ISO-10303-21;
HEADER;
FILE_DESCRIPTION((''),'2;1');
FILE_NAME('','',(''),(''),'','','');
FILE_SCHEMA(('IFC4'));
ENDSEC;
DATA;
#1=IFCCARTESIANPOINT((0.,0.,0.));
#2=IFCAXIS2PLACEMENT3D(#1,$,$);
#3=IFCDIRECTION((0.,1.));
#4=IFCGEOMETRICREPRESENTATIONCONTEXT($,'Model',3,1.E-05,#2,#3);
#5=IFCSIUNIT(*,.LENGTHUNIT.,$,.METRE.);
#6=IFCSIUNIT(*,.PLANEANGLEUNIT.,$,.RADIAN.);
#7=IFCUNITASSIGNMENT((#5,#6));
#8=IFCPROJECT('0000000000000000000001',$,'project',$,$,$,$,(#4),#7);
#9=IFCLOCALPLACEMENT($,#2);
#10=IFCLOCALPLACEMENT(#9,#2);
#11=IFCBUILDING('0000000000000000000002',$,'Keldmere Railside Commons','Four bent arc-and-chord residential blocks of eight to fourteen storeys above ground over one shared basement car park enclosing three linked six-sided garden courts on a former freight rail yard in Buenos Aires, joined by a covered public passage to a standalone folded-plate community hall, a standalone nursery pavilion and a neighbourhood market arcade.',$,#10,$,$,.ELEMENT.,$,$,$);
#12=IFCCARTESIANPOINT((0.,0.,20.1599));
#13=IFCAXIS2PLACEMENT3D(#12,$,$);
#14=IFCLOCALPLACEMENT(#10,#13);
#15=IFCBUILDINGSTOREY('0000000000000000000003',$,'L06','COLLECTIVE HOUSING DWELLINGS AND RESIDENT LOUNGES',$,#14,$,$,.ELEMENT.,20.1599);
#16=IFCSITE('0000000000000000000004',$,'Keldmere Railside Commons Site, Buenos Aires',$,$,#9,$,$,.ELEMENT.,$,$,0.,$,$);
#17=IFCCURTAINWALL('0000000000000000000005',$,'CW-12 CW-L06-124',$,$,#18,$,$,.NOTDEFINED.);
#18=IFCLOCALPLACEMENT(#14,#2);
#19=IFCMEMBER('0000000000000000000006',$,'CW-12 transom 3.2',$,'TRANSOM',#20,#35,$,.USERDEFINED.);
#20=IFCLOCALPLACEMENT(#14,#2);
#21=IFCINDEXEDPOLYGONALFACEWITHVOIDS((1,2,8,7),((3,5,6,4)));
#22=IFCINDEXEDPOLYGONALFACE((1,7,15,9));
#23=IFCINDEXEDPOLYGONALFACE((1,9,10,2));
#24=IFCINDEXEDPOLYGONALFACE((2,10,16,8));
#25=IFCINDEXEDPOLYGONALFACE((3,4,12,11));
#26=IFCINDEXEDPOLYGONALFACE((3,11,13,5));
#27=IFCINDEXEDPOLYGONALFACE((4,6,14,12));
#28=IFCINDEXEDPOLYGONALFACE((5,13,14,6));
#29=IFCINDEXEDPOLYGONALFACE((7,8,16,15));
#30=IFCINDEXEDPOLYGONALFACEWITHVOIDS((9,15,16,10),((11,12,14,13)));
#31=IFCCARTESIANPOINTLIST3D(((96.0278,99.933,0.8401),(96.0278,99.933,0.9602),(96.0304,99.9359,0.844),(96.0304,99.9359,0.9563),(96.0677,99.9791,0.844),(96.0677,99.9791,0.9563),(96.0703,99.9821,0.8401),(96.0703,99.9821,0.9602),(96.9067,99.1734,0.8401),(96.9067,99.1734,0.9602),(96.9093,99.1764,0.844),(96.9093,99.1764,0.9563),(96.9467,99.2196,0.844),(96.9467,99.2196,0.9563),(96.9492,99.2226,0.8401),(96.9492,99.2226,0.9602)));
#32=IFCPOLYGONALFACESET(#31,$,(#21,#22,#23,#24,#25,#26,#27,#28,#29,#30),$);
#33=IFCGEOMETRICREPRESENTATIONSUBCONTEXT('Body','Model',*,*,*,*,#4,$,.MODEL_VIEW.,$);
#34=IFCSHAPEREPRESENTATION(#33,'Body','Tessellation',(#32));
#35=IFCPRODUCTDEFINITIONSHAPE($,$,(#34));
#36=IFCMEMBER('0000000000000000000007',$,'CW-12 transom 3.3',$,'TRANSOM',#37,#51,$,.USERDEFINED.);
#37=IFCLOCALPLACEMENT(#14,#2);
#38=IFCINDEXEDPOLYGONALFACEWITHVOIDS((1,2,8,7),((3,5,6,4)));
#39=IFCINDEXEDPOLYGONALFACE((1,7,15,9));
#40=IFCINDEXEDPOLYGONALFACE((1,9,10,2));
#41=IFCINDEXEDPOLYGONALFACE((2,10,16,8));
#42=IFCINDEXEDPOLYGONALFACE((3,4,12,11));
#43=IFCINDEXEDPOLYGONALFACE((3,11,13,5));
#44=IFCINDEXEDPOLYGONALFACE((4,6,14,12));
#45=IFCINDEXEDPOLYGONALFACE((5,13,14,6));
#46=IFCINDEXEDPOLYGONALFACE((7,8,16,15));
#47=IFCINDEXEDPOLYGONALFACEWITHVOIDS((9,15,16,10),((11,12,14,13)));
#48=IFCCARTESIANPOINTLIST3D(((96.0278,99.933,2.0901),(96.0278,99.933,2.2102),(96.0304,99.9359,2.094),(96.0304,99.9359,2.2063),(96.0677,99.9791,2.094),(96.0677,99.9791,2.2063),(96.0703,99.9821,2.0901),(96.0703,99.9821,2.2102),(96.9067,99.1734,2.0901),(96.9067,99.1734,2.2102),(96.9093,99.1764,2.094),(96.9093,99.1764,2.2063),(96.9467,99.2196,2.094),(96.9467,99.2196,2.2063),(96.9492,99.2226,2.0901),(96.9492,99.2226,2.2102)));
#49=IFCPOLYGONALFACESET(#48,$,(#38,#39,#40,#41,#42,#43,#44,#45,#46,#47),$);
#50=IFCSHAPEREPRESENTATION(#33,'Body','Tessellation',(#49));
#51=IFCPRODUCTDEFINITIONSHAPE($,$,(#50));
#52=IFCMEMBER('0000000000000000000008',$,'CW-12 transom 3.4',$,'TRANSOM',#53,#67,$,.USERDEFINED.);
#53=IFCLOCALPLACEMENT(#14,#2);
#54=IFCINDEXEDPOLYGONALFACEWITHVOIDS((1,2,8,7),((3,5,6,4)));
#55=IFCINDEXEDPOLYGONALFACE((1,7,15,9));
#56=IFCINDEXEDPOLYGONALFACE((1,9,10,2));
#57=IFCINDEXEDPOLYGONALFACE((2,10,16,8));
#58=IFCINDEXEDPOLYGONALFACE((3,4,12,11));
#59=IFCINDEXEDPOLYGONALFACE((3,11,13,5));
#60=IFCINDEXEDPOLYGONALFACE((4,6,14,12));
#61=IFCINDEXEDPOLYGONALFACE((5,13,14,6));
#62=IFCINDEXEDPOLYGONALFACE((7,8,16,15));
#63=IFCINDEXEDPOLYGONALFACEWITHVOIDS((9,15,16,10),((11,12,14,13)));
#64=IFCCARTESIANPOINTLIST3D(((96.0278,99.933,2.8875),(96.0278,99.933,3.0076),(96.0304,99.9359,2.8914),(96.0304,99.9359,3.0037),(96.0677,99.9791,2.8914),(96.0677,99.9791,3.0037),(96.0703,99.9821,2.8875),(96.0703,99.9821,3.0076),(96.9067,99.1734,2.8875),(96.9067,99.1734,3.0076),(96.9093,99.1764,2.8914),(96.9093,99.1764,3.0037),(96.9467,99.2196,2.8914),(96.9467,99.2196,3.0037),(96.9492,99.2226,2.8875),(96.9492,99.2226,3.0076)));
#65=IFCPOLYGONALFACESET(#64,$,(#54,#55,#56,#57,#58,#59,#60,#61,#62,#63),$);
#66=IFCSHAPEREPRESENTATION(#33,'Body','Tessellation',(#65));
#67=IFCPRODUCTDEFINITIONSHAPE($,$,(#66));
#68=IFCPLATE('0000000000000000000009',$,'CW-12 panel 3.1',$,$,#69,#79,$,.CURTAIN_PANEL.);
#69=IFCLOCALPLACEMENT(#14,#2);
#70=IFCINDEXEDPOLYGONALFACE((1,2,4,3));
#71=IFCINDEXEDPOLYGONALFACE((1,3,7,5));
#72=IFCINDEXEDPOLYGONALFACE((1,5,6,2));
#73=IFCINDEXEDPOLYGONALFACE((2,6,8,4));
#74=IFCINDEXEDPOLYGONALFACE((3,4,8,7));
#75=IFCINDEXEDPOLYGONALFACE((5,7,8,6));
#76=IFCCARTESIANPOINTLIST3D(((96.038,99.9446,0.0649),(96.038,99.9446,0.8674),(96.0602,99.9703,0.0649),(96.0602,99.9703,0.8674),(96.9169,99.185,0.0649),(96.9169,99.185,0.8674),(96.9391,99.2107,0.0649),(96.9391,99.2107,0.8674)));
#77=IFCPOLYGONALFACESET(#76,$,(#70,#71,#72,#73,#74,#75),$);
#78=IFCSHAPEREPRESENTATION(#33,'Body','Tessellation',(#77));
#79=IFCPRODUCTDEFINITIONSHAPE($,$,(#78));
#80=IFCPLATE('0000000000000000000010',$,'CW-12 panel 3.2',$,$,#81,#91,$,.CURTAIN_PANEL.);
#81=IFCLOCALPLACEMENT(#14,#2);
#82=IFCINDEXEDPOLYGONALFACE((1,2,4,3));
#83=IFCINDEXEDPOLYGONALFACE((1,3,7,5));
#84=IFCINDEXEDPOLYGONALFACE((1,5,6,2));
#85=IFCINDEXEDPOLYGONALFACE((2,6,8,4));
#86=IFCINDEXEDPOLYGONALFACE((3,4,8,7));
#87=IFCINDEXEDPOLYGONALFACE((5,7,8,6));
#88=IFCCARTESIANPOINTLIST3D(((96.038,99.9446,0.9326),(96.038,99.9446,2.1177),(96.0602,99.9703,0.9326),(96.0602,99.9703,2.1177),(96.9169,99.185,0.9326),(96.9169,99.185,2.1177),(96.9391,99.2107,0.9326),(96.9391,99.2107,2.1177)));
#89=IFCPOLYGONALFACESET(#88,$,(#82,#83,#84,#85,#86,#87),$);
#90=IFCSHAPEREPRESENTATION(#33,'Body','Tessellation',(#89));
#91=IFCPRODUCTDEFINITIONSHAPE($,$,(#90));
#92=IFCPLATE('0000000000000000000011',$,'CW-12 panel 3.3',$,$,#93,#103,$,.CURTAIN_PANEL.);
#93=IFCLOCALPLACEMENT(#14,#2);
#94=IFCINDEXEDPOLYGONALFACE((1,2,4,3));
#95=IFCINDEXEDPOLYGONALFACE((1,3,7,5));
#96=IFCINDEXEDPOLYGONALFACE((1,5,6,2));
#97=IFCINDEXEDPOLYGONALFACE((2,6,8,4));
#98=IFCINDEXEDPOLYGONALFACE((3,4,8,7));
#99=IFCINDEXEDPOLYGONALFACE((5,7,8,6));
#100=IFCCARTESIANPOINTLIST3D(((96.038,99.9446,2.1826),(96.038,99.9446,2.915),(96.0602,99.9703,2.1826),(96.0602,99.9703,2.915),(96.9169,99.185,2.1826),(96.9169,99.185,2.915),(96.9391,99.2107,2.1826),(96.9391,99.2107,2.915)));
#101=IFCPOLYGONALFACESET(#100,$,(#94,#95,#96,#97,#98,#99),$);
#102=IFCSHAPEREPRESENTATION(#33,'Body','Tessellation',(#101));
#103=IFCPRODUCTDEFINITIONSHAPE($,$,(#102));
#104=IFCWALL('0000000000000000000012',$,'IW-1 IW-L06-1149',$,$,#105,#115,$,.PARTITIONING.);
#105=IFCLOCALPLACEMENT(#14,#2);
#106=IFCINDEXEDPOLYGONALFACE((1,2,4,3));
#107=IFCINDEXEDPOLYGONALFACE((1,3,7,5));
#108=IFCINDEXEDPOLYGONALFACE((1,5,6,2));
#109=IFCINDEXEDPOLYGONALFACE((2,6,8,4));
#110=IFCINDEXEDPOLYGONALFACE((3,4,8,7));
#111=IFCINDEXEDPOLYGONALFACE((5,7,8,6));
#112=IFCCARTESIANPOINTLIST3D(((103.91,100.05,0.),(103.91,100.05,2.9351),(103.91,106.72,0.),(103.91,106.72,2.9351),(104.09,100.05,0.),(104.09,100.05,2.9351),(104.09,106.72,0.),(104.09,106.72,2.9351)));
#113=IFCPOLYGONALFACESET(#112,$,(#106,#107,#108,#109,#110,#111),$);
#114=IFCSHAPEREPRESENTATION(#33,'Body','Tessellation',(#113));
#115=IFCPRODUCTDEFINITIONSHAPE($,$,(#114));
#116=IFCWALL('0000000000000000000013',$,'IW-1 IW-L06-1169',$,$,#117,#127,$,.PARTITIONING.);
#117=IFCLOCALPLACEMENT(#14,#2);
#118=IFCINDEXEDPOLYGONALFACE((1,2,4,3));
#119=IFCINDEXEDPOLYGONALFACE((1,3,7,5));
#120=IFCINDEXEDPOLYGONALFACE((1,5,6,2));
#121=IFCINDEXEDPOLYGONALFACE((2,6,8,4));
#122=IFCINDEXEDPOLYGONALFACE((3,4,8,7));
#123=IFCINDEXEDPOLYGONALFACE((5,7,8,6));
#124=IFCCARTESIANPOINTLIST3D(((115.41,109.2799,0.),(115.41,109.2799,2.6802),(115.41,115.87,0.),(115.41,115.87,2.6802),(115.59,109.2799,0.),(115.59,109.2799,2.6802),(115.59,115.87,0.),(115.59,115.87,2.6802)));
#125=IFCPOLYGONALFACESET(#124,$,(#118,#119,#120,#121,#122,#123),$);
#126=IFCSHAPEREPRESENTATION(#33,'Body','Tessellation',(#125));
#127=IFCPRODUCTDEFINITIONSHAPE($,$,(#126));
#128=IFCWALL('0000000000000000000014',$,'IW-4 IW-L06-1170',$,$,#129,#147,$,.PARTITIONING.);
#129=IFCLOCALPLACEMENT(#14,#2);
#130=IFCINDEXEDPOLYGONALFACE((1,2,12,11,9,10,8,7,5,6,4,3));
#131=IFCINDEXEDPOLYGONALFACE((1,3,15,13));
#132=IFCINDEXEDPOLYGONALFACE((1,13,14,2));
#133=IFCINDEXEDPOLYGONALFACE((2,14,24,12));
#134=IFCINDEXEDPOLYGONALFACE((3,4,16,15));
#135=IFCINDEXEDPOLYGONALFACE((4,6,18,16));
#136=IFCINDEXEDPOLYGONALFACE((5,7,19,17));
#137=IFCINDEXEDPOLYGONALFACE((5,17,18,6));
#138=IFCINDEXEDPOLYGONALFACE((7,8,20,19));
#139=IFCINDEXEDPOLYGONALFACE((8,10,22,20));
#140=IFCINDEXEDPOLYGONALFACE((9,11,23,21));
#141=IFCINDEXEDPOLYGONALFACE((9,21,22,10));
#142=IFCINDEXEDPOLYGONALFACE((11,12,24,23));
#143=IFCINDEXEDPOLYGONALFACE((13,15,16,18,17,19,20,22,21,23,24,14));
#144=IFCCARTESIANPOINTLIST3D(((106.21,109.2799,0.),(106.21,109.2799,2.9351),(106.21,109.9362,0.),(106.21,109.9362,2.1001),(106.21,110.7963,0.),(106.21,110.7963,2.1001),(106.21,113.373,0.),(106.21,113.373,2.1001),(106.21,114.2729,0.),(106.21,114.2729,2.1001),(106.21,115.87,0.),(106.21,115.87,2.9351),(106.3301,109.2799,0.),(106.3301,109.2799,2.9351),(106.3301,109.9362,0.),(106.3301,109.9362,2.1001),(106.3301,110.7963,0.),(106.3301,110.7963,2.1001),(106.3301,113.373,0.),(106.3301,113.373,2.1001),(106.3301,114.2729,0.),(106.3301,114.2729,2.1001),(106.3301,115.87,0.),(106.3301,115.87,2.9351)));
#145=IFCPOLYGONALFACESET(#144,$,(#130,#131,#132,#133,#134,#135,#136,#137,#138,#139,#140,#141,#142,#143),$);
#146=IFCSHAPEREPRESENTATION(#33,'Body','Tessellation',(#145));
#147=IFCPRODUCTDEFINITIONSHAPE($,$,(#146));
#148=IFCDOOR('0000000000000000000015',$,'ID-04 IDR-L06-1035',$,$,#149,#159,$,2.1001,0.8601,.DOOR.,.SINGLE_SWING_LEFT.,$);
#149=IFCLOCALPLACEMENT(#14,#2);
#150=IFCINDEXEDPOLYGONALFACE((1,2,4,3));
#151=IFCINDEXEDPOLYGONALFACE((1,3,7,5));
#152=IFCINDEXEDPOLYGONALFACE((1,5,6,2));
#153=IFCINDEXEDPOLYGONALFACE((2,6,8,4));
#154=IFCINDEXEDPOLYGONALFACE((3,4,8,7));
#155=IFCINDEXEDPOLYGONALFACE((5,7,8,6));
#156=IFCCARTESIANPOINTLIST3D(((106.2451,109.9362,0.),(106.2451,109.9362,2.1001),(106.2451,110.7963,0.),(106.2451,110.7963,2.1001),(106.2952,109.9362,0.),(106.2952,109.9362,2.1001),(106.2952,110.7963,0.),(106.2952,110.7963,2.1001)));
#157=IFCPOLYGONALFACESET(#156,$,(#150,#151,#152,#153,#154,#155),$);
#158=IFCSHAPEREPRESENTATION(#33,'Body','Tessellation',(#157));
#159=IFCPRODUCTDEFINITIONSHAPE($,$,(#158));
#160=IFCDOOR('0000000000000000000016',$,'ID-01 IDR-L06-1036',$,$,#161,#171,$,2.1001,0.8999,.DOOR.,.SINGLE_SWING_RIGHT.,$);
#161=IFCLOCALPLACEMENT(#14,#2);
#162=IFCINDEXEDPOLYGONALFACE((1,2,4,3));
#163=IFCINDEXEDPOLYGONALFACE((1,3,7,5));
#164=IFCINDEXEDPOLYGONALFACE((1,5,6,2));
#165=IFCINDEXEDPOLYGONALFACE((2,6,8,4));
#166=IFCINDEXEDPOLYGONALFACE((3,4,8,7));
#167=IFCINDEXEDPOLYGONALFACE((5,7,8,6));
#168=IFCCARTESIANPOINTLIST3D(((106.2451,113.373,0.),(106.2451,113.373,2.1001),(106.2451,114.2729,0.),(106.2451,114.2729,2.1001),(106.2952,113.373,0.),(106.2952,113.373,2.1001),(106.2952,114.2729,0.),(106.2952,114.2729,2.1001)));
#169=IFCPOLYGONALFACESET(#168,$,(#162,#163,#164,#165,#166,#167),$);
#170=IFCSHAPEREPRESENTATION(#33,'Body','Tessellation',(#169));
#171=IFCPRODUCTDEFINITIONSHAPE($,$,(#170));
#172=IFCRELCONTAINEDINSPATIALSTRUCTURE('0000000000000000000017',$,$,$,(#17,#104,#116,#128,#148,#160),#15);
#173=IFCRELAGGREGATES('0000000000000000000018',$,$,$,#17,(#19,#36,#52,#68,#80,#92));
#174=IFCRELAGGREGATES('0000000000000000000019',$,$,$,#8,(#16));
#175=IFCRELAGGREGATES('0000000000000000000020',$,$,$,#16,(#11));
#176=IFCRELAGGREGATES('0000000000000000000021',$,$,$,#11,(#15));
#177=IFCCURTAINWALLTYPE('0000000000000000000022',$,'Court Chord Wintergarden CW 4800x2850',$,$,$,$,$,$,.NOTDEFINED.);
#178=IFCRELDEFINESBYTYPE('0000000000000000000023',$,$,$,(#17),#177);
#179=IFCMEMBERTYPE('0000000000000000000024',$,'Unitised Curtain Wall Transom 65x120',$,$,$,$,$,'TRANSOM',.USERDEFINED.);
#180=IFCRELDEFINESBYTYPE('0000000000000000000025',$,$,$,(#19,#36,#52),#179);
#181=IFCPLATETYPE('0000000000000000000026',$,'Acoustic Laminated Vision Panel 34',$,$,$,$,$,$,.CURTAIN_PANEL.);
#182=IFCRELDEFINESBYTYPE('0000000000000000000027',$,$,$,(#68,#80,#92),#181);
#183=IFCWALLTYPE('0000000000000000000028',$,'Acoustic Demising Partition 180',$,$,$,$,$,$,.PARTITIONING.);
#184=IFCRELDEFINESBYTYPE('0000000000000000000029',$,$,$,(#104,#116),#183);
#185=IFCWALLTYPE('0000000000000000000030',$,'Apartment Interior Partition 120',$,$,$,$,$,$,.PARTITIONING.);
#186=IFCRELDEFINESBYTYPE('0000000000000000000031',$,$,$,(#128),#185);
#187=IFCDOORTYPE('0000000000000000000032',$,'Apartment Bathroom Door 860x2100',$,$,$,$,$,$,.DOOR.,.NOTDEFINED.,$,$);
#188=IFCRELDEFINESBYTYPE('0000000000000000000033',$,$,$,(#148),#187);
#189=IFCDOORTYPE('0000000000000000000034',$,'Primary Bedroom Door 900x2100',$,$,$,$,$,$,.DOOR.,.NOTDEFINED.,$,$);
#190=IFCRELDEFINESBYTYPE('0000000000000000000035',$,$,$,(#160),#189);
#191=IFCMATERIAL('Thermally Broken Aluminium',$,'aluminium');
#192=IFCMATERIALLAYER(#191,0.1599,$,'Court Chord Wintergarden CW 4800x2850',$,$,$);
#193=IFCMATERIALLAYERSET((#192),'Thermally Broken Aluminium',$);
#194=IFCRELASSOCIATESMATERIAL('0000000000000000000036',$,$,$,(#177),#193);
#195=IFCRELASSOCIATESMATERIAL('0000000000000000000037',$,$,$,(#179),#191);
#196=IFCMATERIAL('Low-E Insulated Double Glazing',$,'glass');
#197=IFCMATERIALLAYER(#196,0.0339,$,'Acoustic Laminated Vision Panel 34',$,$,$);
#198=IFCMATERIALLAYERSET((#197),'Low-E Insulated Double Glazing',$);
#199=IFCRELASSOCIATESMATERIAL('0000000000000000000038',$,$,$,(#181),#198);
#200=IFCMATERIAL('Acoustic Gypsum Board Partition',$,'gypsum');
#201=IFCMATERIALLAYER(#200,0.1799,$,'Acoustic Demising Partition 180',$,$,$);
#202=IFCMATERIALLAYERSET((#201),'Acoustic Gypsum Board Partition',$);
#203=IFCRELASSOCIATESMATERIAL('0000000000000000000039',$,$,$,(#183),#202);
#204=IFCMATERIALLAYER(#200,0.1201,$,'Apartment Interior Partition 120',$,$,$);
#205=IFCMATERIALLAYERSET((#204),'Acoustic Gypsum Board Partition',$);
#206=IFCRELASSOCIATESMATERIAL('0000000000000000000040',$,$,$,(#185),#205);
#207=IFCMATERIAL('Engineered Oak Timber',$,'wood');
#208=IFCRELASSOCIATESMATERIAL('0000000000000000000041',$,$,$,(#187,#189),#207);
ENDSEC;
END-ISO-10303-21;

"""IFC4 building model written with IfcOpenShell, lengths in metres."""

from ifc_helpers import new_model, si_unit, direction, frame, frame_2d, origin, origin_2d, place, context, subcontext, project, spatial, rectangle, hollow_rectangle, extrude, material, layer, layer_set, material_profile, profile_set, type_object, element, fill, aggregate, save


model = new_model("IFC4")

# Units and contexts
model_context = context("Model", 3, precision=1e-05, world=origin(), true_north=direction((0.0, 1.0)))
body_context = subcontext(model_context, "Body", "Model", "MODEL_VIEW")
ifc_project = project(units=[si_unit("LENGTHUNIT", "METRE"), si_unit("PLANEANGLEUNIT", "RADIAN")], contexts=[model_context])

# Site, building, storey
site_placement = place(None, origin())
site = spatial("IfcSite", under=ifc_project, at=site_placement, Name="Keldmere Railside Commons Site, Buenos Aires", CompositionType="ELEMENT", RefElevation=0.0)
building_placement = place(site_placement, origin())
building = spatial("IfcBuilding", under=site, at=building_placement, Name="Keldmere Railside Commons", Description="Four bent arc-and-chord residential blocks of eight to fourteen storeys above ground over one shared basement car park enclosing three linked six-sided garden courts on a former freight rail yard in Buenos Aires, joined by a covered public passage to a standalone folded-plate community hall, a standalone nursery pavilion and a neighbourhood market arcade.", CompositionType="ELEMENT")
storey_placement = place(building_placement, frame((0.0, 0.0, 20.1599)))
storey = spatial("IfcBuildingStorey", under=building, at=storey_placement, Name="L06", Description="COLLECTIVE HOUSING DWELLINGS AND RESIDENT LOUNGES", CompositionType="ELEMENT", Elevation=20.1599)

# Curtain wall, members, plates
ifc_material_1 = material(Name="Thermally Broken Aluminium", Category="aluminium")
ifc_layer_1 = layer(ifc_material_1, 0.1599, Name="Court Chord Wintergarden CW 4800x2850")
ifc_layer_set_1 = layer_set([ifc_layer_1], Name="Thermally Broken Aluminium")
curtain_wall_type = type_object("IfcCurtainWallType", Name="Court Chord Wintergarden CW 4800x2850", PredefinedType="NOTDEFINED", material=ifc_layer_set_1)
curtain_wall_placement = place(storey_placement, origin())
curtain_wall = element("IfcCurtainWall", 1, at=curtain_wall_placement, inside=storey, type_object=curtain_wall_type, Name="CW-12 CW-L06-124", PredefinedType="NOTDEFINED")
ifc_material_profile_1 = material_profile(ifc_material_1, hollow_rectangle(XDim=0.0649, YDim=0.1201, WallThickness=0.0039, at=origin_2d()), Name="ALU-TRAN-65x120")
ifc_profile_set_1 = profile_set([ifc_material_profile_1], Name="Thermally Broken Aluminium")
member_type = type_object("IfcMemberType", Name="Unitised Curtain Wall Transom 65x120", ElementType="TRANSOM", PredefinedType="USERDEFINED", material=ifc_profile_set_1)
member_1_placement = place(storey_placement, frame((96.928, 99.198, 0.9001), z_axis=(-0.756624, 0.65385, 0.0), x_axis=(-0.65385, -0.756624, 0.0)))
member_1 = element("IfcMember", 2, at=member_1_placement, type_object=member_type, Name="CW-12 transom 3.2", ObjectType="TRANSOM", PredefinedType="USERDEFINED", context=body_context, shape_type="SweptSolid", body=[
    extrude(hollow_rectangle(XDim=0.0649, YDim=0.1201, WallThickness=0.0039, at=origin_2d()), origin(), (0.0, 0.0, 1.0), 1.1616),
])
member_2_placement = place(storey_placement, frame((96.928, 99.198, 2.1501), z_axis=(-0.756624, 0.65385, 0.0), x_axis=(-0.65385, -0.756624, 0.0)))
member_2 = element("IfcMember", 3, at=member_2_placement, type_object=member_type, Name="CW-12 transom 3.3", ObjectType="TRANSOM", PredefinedType="USERDEFINED", context=body_context, shape_type="SweptSolid", body=[
    extrude(hollow_rectangle(XDim=0.0649, YDim=0.1201, WallThickness=0.0039, at=origin_2d()), origin(), (0.0, 0.0, 1.0), 1.1616),
])
member_3_placement = place(storey_placement, frame((96.928, 99.198, 2.9475), z_axis=(-0.756624, 0.65385, 0.0), x_axis=(-0.65385, -0.756624, 0.0)))
member_3 = element("IfcMember", 4, at=member_3_placement, type_object=member_type, Name="CW-12 transom 3.4", ObjectType="TRANSOM", PredefinedType="USERDEFINED", context=body_context, shape_type="SweptSolid", body=[
    extrude(hollow_rectangle(XDim=0.0649, YDim=0.1201, WallThickness=0.0039, at=origin_2d()), origin(), (0.0, 0.0, 1.0), 1.1616),
])
ifc_material_2 = material(Name="Low-E Insulated Double Glazing", Category="glass")
ifc_layer_2 = layer(ifc_material_2, 0.0339, Name="Acoustic Laminated Vision Panel 34")
ifc_layer_set_2 = layer_set([ifc_layer_2], Name="Low-E Insulated Double Glazing")
plate_type = type_object("IfcPlateType", Name="Acoustic Laminated Vision Panel 34", PredefinedType="CURTAIN_PANEL", material=ifc_layer_set_2)
plate_1_placement = place(storey_placement, frame((96.4885, 99.5776, 0.0649), z_axis=(0.0, 0.0, 1.0), x_axis=(-0.756597, 0.653882, 0.0)))
plate_1 = element("IfcPlate", 5, at=plate_1_placement, type_object=plate_type, Name="CW-12 panel 3.1", PredefinedType="CURTAIN_PANEL", context=body_context, shape_type="SweptSolid", body=[
    extrude(rectangle(XDim=1.1616, YDim=0.0339, at=origin_2d()), origin(), (0.0, 0.0, 1.0), 0.8025),
])
plate_2_placement = place(storey_placement, frame((96.4885, 99.5776, 0.9326), z_axis=(0.0, 0.0, 1.0), x_axis=(-0.756597, 0.653882, 0.0)))
plate_2 = element("IfcPlate", 6, at=plate_2_placement, type_object=plate_type, Name="CW-12 panel 3.2", PredefinedType="CURTAIN_PANEL", context=body_context, shape_type="SweptSolid", body=[
    extrude(rectangle(XDim=1.1616, YDim=0.0339, at=origin_2d()), origin(), (0.0, 0.0, 1.0), 1.1851),
])
plate_3_placement = place(storey_placement, frame((96.4885, 99.5776, 2.1826), z_axis=(0.0, 0.0, 1.0), x_axis=(-0.756597, 0.653882, 0.0)))
plate_3 = element("IfcPlate", 7, at=plate_3_placement, type_object=plate_type, Name="CW-12 panel 3.3", PredefinedType="CURTAIN_PANEL", context=body_context, shape_type="SweptSolid", body=[
    extrude(rectangle(XDim=1.1616, YDim=0.0339, at=origin_2d()), origin(), (0.0, 0.0, 1.0), 0.7324),
])
aggregate(curtain_wall, [member_1, member_2, member_3, plate_1, plate_2, plate_3])

# Walls
ifc_material_3 = material(Name="Acoustic Gypsum Board Partition", Category="gypsum")
ifc_layer_3 = layer(ifc_material_3, 0.1799, Name="Acoustic Demising Partition 180")
ifc_layer_set_3 = layer_set([ifc_layer_3], Name="Acoustic Gypsum Board Partition")
wall_type_1 = type_object("IfcWallType", Name="Acoustic Demising Partition 180", PredefinedType="PARTITIONING", material=ifc_layer_set_3)
wall_1_placement = place(storey_placement, frame((104.0, 100.05, 0.0), z_axis=(0.0, 0.0, 1.0), x_axis=(0.0, 1.0, 0.0)))
element("IfcWall", 8, at=wall_1_placement, inside=storey, type_object=wall_type_1, Name="IW-1 IW-L06-1149", PredefinedType="PARTITIONING", context=body_context, shape_type="SweptSolid", body=[
    extrude(rectangle(XDim=6.6699, YDim=0.1799, at=frame_2d((3.335, 0.0))), origin(), (0.0, 0.0, 1.0), 2.9351),
])
wall_2_placement = place(storey_placement, frame((115.5, 109.28, 0.0), z_axis=(0.0, 0.0, 1.0), x_axis=(0.0, 1.0, 0.0)))
element("IfcWall", 9, at=wall_2_placement, inside=storey, type_object=wall_type_1, Name="IW-1 IW-L06-1169", PredefinedType="PARTITIONING", context=body_context, shape_type="SweptSolid", body=[
    extrude(rectangle(XDim=6.5901, YDim=0.1799, at=frame_2d((3.2949, 0.0))), origin(), (0.0, 0.0, 1.0), 2.6802),
])

# Wall, openings, doors
ifc_layer_4 = layer(ifc_material_3, 0.1201, Name="Apartment Interior Partition 120")
ifc_layer_set_4 = layer_set([ifc_layer_4], Name="Acoustic Gypsum Board Partition")
wall_type_2 = type_object("IfcWallType", Name="Apartment Interior Partition 120", PredefinedType="PARTITIONING", material=ifc_layer_set_4)
wall_3_placement = place(storey_placement, frame((106.27, 109.28, 0.0), z_axis=(0.0, 0.0, 1.0), x_axis=(0.0, 1.0, 0.0)))
wall_3 = element("IfcWall", 10, at=wall_3_placement, inside=storey, type_object=wall_type_2, Name="IW-4 IW-L06-1170", PredefinedType="PARTITIONING", context=body_context, shape_type="SweptSolid", body=[
    extrude(rectangle(XDim=6.5901, YDim=0.1201, at=frame_2d((3.2949, 0.0))), origin(), (0.0, 0.0, 1.0), 2.9351),
])
opening_1_placement = place(wall_3_placement, frame((0.656, 0.0, 0.0)))
opening_1 = element("IfcOpeningElement", 11, at=opening_1_placement, cuts=wall_3, PredefinedType="OPENING", context=body_context, shape_type="SweptSolid", body=[
    extrude(rectangle(XDim=0.8601, YDim=2.1001, at=frame_2d((0.4302, 1.05))), frame((0.0, 0.0701, 0.0), z_axis=(0.0, -1.0, 0.0), x_axis=(1.0, 0.0, 0.0)), (0.0, 0.0, 1.0), 0.1401),
])
opening_2_placement = place(wall_3_placement, frame((4.093, 0.0, 0.0)))
opening_2 = element("IfcOpeningElement", 12, at=opening_2_placement, cuts=wall_3, PredefinedType="OPENING", context=body_context, shape_type="SweptSolid", body=[
    extrude(rectangle(XDim=0.8999, YDim=2.1001, at=frame_2d((0.45, 1.05))), frame((0.0, 0.0701, 0.0), z_axis=(0.0, -1.0, 0.0), x_axis=(1.0, 0.0, 0.0)), (0.0, 0.0, 1.0), 0.1401),
])
ifc_material_4 = material(Name="Engineered Oak Timber", Category="wood")
door_type_1 = type_object("IfcDoorType", Name="Apartment Bathroom Door 860x2100", OperationType="NOTDEFINED", PredefinedType="DOOR", material=ifc_material_4)
door_1_placement = place(opening_1_placement, origin())
door_1 = element("IfcDoor", 13, at=door_1_placement, inside=storey, type_object=door_type_1, Name="ID-04 IDR-L06-1035", OperationType="SINGLE_SWING_LEFT", OverallHeight=2.1001, OverallWidth=0.8601, PredefinedType="DOOR", context=body_context, shape_type="SweptSolid", body=[
    extrude(rectangle(XDim=0.8601, YDim=2.1001, at=frame_2d((0.4302, 1.05))), frame((0.0, 0.0249, 0.0), z_axis=(0.0, -1.0, 0.0), x_axis=(1.0, 0.0, 0.0)), (0.0, 0.0, 1.0), 0.05),
])
fill(opening_1, door_1)
door_type_2 = type_object("IfcDoorType", Name="Primary Bedroom Door 900x2100", OperationType="NOTDEFINED", PredefinedType="DOOR", material=ifc_material_4)
door_2_placement = place(opening_2_placement, origin())
door_2 = element("IfcDoor", 14, at=door_2_placement, inside=storey, type_object=door_type_2, Name="ID-01 IDR-L06-1036", OperationType="SINGLE_SWING_RIGHT", OverallHeight=2.1001, OverallWidth=0.8999, PredefinedType="DOOR", context=body_context, shape_type="SweptSolid", body=[
    extrude(rectangle(XDim=0.8999, YDim=2.1001, at=frame_2d((0.45, 1.05))), frame((0.0, 0.0249, 0.0), z_axis=(0.0, -1.0, 0.0), x_axis=(1.0, 0.0, 0.0)), (0.0, 0.0, 1.0), 0.05),
])
fill(opening_2, door_2)

save(model, "model.ifc")
